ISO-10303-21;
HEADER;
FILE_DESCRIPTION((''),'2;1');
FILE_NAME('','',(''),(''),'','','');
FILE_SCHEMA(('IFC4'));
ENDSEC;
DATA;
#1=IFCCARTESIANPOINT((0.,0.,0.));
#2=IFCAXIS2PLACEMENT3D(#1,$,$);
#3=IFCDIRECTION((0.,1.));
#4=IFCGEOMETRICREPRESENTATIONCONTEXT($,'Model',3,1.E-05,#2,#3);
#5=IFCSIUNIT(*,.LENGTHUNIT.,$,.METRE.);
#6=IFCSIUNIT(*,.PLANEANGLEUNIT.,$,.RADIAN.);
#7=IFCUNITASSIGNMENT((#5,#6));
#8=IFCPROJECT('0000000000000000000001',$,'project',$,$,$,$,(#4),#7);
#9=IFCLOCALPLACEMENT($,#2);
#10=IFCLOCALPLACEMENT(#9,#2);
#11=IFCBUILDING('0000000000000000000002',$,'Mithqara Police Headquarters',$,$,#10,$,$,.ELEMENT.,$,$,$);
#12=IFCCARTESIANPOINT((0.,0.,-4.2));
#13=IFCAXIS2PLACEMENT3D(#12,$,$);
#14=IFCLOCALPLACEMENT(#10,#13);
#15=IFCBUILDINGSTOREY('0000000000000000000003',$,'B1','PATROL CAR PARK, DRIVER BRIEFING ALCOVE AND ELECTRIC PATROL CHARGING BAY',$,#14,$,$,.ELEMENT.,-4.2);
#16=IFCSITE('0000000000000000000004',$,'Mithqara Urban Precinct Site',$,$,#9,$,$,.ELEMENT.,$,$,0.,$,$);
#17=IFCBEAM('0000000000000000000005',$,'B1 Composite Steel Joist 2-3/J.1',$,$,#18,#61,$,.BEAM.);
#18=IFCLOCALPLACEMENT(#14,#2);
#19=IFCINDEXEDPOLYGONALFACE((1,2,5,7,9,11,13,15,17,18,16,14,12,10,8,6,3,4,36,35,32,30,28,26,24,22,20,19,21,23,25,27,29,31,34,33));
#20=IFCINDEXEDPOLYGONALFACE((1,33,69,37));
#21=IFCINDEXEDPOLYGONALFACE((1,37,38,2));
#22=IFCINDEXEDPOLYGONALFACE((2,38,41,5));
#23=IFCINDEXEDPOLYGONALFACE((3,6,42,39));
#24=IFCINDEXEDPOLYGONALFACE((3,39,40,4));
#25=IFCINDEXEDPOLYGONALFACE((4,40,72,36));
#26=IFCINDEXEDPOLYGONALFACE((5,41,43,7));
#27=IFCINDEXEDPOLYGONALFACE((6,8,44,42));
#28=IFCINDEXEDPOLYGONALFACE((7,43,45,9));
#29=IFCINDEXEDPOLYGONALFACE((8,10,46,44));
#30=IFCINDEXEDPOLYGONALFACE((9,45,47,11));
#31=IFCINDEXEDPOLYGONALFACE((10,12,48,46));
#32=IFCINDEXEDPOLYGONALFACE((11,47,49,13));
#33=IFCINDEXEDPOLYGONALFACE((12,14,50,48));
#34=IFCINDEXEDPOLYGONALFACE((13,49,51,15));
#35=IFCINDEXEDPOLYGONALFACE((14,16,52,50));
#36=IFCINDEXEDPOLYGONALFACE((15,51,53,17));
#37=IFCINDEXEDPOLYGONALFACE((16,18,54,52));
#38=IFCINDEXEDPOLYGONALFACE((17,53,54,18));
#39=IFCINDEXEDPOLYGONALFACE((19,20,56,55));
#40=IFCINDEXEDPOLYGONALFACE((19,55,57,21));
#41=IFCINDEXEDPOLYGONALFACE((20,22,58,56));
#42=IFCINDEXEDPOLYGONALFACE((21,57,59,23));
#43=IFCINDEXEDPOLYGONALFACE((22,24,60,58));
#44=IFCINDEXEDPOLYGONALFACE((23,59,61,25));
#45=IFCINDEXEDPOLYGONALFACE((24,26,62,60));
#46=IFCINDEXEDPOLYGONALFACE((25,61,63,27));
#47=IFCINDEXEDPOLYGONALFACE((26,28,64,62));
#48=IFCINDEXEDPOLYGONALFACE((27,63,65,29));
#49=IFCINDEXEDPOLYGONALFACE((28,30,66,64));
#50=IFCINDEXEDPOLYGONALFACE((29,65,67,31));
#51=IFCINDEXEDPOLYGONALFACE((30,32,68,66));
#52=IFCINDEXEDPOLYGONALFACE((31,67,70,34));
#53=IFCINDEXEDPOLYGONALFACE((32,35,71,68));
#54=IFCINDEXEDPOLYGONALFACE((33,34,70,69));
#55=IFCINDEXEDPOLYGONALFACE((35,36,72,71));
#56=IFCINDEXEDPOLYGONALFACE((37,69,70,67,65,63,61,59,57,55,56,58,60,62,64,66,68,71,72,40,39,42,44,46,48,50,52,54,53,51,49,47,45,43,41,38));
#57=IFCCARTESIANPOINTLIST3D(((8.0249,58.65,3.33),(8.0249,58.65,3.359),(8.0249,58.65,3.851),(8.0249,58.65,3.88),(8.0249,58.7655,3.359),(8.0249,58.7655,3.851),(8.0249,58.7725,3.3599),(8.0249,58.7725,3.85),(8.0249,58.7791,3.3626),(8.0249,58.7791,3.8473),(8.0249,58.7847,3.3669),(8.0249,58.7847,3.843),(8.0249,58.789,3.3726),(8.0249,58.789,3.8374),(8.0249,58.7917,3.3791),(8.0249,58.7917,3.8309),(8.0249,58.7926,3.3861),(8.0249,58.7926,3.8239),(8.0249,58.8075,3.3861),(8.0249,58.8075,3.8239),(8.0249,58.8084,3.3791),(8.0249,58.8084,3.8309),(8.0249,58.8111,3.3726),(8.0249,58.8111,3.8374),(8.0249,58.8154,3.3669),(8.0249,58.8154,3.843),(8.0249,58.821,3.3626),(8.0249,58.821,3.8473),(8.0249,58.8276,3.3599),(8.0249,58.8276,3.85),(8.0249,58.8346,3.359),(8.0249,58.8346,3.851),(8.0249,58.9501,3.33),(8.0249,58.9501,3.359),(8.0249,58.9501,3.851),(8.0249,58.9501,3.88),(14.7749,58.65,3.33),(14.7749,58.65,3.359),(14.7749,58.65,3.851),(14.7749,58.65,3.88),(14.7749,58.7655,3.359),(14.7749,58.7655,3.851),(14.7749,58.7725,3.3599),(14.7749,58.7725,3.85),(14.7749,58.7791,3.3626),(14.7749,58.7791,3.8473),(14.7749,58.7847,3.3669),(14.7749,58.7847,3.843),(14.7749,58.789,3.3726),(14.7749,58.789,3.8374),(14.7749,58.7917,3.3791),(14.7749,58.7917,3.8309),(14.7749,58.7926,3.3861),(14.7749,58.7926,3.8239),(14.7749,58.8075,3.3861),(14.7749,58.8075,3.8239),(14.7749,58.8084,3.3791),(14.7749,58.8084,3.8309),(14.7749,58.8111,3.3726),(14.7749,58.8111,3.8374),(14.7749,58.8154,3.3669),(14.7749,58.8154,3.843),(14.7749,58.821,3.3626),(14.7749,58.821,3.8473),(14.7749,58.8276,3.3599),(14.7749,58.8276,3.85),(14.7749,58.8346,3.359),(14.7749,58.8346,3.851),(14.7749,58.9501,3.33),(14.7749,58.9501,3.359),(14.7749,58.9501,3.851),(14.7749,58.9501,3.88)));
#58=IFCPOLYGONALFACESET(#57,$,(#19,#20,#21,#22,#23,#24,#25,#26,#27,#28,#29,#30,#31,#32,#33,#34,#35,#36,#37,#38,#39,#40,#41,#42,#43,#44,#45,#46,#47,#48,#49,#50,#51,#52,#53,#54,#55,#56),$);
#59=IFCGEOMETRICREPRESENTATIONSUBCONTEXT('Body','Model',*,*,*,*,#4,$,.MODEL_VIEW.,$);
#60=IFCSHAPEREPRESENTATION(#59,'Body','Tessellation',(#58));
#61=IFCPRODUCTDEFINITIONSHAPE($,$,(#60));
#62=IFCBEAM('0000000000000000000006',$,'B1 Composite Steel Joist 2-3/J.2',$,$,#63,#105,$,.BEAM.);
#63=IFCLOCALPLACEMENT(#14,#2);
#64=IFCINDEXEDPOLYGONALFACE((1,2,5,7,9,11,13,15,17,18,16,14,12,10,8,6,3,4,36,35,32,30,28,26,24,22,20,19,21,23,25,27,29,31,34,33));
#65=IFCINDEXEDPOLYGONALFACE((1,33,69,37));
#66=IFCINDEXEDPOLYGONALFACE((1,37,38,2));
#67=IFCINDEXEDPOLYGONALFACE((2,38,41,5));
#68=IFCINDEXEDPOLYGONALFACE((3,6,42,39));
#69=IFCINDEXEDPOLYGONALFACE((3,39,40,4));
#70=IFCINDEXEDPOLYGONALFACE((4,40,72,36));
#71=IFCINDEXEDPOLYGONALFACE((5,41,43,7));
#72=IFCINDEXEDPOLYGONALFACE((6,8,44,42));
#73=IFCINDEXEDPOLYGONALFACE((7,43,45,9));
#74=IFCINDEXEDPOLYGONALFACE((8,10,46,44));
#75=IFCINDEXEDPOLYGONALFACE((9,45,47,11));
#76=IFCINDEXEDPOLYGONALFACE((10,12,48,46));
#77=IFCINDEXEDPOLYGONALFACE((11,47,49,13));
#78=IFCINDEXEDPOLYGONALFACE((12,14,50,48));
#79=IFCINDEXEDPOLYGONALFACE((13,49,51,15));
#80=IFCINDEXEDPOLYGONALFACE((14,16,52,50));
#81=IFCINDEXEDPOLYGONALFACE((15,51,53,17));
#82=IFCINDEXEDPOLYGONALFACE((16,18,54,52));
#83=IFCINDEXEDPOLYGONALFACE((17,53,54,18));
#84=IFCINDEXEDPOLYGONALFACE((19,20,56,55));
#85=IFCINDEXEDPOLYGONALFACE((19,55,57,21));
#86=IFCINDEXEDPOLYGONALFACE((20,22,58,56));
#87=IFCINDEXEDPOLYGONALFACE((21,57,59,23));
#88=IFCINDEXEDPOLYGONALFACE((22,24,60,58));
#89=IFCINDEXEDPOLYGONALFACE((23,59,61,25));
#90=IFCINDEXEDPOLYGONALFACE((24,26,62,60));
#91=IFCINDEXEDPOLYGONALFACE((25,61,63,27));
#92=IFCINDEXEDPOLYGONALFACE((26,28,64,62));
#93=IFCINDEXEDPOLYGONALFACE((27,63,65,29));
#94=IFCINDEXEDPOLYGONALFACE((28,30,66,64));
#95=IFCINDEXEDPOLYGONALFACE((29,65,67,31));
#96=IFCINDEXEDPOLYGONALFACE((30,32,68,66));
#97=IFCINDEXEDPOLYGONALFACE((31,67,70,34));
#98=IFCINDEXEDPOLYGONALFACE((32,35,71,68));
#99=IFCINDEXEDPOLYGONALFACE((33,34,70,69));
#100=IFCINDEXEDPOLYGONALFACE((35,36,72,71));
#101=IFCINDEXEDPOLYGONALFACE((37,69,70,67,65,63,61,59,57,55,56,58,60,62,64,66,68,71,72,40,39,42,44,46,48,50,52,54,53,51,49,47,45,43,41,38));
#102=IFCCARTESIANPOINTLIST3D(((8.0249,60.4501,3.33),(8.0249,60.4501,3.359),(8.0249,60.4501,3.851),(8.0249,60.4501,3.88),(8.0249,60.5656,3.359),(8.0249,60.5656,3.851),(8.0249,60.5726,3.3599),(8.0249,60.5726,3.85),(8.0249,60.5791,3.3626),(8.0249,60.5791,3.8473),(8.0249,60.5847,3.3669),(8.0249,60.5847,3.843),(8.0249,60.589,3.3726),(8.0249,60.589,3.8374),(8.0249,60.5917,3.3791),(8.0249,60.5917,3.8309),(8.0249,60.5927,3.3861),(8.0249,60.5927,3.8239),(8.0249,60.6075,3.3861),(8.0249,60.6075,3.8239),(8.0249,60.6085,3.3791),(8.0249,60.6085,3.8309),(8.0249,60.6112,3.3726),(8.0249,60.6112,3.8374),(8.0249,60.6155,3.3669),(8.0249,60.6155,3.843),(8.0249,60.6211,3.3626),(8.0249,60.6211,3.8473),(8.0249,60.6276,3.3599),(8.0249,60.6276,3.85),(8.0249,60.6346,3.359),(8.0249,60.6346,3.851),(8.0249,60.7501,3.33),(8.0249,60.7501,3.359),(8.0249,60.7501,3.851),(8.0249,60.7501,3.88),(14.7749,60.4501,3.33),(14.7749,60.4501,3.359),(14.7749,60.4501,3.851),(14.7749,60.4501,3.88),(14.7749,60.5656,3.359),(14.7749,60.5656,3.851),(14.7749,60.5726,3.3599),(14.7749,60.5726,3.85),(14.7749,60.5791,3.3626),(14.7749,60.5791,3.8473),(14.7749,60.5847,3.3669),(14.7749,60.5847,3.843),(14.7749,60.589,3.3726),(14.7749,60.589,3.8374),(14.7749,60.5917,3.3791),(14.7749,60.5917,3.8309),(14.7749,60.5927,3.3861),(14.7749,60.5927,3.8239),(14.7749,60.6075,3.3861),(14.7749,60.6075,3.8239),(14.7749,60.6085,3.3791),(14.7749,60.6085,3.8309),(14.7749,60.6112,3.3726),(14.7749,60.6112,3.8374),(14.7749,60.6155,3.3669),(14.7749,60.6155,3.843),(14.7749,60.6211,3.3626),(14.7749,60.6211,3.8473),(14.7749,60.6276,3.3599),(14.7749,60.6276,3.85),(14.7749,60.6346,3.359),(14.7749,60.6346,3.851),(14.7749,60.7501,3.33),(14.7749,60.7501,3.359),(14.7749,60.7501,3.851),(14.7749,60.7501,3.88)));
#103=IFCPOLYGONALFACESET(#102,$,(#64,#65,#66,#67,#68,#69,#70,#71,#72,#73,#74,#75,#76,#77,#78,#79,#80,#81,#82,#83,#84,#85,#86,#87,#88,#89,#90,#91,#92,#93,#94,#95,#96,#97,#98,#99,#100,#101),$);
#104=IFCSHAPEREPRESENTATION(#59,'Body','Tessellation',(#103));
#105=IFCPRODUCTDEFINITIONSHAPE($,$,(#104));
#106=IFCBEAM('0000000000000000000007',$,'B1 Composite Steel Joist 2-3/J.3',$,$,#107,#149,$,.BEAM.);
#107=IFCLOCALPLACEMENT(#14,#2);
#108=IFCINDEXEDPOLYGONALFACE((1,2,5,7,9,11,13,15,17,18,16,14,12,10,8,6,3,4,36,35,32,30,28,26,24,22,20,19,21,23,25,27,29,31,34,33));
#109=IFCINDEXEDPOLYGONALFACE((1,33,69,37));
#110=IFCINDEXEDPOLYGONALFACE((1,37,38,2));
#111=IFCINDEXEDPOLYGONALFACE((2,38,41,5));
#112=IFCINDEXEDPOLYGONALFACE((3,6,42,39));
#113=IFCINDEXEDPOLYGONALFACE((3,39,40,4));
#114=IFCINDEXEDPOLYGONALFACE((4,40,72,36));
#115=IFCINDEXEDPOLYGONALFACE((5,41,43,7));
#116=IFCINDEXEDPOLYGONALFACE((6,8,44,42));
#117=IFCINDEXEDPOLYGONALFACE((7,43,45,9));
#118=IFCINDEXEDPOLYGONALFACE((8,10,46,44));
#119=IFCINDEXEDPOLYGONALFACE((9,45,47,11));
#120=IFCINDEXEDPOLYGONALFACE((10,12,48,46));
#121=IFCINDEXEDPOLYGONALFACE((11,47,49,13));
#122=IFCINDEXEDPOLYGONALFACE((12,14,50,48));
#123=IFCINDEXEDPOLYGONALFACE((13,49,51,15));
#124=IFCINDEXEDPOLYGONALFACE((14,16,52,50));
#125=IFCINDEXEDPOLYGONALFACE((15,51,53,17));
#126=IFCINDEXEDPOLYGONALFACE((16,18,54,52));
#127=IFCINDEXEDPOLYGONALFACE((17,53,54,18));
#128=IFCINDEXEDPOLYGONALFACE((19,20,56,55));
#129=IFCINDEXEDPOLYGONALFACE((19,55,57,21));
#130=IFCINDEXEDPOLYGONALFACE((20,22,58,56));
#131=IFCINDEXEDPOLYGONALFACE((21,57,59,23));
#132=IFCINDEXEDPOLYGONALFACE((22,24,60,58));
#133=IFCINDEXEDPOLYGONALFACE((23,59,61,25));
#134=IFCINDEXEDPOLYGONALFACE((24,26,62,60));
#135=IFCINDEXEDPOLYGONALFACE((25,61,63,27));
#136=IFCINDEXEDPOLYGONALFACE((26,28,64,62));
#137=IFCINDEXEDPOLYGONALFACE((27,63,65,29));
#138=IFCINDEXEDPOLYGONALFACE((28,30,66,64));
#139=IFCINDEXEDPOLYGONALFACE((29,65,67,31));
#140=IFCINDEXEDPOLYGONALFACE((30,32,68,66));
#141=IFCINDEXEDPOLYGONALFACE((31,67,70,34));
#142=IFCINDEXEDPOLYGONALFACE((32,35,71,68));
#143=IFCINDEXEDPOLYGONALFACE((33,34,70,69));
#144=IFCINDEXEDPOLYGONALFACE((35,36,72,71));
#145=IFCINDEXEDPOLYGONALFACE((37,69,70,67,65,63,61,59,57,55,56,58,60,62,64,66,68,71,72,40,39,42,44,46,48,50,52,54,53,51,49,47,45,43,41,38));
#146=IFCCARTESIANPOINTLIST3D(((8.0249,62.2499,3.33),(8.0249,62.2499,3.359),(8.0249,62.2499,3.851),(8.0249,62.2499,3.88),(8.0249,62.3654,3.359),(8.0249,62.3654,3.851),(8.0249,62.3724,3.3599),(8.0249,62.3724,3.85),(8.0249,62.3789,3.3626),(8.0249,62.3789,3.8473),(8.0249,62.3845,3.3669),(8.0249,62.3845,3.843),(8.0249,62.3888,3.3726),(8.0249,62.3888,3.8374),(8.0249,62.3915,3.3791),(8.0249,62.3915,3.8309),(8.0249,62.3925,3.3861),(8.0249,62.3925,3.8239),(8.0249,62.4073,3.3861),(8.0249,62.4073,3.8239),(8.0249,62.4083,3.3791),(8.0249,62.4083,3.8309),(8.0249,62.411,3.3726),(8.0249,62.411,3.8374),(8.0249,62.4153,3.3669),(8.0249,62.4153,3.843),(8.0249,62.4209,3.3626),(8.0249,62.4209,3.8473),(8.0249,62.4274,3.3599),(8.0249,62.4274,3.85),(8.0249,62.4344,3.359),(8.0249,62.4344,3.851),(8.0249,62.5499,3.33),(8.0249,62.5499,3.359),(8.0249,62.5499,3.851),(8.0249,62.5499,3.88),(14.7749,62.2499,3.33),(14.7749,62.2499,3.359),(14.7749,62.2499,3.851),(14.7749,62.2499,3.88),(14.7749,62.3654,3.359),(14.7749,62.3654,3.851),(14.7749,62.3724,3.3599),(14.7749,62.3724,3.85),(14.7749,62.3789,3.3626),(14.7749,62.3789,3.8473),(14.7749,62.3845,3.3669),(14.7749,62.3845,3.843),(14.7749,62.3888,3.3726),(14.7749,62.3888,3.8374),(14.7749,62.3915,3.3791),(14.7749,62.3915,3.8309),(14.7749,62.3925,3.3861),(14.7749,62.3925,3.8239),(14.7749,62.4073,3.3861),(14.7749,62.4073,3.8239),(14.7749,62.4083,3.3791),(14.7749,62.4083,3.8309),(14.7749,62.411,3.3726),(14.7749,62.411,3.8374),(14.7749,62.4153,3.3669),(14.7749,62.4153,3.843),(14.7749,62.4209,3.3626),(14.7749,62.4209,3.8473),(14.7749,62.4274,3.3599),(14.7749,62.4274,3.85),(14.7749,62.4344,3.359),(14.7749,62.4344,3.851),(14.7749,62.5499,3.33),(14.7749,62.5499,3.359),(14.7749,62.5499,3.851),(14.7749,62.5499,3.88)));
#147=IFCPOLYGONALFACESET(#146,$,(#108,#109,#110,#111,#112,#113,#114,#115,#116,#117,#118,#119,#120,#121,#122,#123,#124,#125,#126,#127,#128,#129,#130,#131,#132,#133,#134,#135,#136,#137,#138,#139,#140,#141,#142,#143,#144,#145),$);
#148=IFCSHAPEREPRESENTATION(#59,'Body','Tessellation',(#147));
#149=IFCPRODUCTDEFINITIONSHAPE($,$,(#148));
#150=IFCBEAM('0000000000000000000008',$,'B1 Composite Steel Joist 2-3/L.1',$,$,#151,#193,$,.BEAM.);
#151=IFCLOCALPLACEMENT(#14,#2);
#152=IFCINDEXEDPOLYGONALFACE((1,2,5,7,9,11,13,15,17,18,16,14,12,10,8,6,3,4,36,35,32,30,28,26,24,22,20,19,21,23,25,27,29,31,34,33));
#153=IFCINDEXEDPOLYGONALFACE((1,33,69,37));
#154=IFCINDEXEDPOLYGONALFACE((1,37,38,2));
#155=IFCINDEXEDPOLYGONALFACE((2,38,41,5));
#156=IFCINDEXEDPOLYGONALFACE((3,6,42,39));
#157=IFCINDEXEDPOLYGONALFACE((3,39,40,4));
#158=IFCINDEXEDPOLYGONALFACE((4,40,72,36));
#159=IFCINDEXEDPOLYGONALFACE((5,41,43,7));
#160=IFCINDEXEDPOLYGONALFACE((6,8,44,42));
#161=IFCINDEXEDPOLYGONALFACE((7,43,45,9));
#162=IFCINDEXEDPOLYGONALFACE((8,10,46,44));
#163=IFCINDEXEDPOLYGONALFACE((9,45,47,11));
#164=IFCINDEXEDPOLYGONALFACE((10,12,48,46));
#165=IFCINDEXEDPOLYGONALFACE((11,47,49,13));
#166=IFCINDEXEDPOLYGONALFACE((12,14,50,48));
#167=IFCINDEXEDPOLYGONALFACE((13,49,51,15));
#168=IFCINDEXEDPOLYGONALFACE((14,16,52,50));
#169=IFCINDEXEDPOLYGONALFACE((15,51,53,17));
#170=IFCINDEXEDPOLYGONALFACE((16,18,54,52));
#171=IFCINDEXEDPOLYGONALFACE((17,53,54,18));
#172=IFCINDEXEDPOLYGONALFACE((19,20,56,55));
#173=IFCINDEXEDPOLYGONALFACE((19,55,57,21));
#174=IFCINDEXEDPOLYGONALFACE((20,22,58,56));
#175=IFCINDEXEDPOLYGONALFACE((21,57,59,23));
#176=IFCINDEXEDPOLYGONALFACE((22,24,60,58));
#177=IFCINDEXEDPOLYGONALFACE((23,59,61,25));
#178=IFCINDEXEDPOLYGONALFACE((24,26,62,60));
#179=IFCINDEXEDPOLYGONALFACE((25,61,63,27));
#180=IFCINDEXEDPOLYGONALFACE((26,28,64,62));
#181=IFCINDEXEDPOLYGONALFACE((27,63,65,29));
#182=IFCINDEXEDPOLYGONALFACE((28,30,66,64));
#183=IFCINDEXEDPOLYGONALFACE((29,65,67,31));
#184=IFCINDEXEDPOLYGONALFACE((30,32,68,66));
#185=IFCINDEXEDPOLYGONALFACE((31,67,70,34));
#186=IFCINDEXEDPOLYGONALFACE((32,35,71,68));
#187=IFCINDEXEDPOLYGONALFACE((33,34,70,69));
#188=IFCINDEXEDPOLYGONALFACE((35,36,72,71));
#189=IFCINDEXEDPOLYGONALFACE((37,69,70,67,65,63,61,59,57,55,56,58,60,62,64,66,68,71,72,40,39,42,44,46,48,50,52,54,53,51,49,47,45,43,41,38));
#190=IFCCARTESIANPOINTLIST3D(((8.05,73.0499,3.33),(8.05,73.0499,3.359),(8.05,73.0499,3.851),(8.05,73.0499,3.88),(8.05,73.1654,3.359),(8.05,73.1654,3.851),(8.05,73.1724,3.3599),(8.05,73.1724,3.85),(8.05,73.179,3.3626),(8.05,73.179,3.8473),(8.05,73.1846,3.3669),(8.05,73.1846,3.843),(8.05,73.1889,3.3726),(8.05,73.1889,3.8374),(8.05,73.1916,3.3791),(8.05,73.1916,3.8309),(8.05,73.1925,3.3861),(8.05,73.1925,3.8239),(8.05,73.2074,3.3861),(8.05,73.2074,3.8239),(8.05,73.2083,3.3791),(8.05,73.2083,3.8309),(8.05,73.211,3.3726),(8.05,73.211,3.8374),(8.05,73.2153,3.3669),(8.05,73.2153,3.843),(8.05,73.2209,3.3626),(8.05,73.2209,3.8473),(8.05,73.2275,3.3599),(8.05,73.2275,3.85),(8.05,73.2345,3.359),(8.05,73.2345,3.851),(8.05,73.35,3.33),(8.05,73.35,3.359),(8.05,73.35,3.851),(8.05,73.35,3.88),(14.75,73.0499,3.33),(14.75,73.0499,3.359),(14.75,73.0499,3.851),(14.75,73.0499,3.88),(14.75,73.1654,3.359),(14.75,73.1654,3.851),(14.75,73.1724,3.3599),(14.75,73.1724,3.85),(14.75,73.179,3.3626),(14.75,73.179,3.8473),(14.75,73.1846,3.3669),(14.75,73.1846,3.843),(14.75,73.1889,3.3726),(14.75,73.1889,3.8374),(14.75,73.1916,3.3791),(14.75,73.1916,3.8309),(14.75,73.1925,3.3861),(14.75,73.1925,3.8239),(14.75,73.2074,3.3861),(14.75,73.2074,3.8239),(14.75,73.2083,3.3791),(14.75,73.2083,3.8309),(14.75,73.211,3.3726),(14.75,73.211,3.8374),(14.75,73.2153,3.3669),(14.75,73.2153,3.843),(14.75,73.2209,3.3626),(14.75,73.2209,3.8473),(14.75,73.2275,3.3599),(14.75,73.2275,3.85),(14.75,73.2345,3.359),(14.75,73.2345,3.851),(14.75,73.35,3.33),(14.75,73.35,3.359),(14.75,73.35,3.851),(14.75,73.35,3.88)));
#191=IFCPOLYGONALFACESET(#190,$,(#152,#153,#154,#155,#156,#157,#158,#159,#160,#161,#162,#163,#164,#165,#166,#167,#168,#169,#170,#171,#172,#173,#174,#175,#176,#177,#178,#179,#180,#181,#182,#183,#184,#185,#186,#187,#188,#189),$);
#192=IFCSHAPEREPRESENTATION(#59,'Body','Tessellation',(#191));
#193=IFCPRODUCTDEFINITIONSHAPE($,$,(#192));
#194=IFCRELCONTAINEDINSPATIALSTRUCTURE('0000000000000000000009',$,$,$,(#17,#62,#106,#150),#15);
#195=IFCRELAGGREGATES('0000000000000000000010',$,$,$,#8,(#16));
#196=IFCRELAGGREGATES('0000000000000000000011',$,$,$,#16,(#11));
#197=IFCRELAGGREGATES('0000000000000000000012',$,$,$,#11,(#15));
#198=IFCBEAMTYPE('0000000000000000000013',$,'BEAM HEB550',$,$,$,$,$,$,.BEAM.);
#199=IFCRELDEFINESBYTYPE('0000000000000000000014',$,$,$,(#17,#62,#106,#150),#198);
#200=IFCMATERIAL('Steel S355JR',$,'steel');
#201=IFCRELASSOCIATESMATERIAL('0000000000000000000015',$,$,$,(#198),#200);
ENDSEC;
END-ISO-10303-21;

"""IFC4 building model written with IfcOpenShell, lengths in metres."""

from ifc_helpers import new_model, si_unit, direction, frame, origin, origin_2d, place, context, subcontext, project, spatial, i_section, extrude, material, material_profile, profile_set, type_object, element, save


model = new_model("IFC4")

# Units and contexts
model_context = context("Model", 3, precision=1e-05, world=origin(), true_north=direction((0.0, 1.0)))
body_context = subcontext(model_context, "Body", "Model", "MODEL_VIEW")
ifc_project = project(units=[si_unit("LENGTHUNIT", "METRE"), si_unit("PLANEANGLEUNIT", "RADIAN")], contexts=[model_context])

# Site, building, storey
site_placement = place(None, origin())
site = spatial("IfcSite", under=ifc_project, at=site_placement, Name="Mithqara Urban Precinct Site", CompositionType="ELEMENT", RefElevation=0.0)
building_placement = place(site_placement, origin())
building = spatial("IfcBuilding", under=site, at=building_placement, Name="Mithqara Police Headquarters", CompositionType="ELEMENT")
storey_placement = place(building_placement, frame((0.0, 0.0, -4.2)))
storey = spatial("IfcBuildingStorey", under=building, at=storey_placement, Name="B1", Description="PATROL CAR PARK, DRIVER BRIEFING ALCOVE AND ELECTRIC PATROL CHARGING BAY", CompositionType="ELEMENT", Elevation=-4.2)

# Beams
ifc_material_1 = material(Name="Steel S355JR", Category="steel")
ifc_material_profile_1 = material_profile(ifc_material_1, i_section(OverallWidth=0.3, OverallDepth=0.55, WebThickness=0.0149, FlangeThickness=0.0291, FilletRadius=0.0271, at=origin_2d()), Name="HEB 550")
ifc_profile_set_1 = profile_set([ifc_material_profile_1], Name="Steel S355JR")
beam_type_1 = type_object("IfcBeamType", Name="BEAM HEB550", PredefinedType="BEAM", material=ifc_profile_set_1)
for number, where, z_axis, x_axis, name in (
    (1, (8.0249, 58.8, 3.605), (1.0, 0.0, 0.0), (0.0, 1.0, 0.0), "B1 Composite Steel Joist 2-3/J.1"),
    (2, (8.0249, 60.6001, 3.605), (1.0, 0.0, 0.0), (0.0, 1.0, 0.0), "B1 Composite Steel Joist 2-3/J.2"),
    (3, (8.0249, 62.3999, 3.605), (1.0, 0.0, 0.0), (0.0, 1.0, 0.0), "B1 Composite Steel Joist 2-3/J.3"),
):
    element("IfcBeam", number, at=place(storey_placement, frame(where, z_axis=z_axis, x_axis=x_axis)), inside=storey, type_object=beam_type_1, Name=name, PredefinedType="BEAM", context=body_context, shape_type="SweptSolid", body=[
        extrude(i_section(OverallWidth=0.3, OverallDepth=0.55, WebThickness=0.0149, FlangeThickness=0.0291, FilletRadius=0.0271, at=origin_2d()), origin(), (0.0, 0.0, 1.0), 6.75),
    ])
for number, where, z_axis, x_axis, name in (
    (4, (8.05, 73.2, 3.605), (1.0, 0.0, 0.0), (0.0, 1.0, 0.0), "B1 Composite Steel Joist 2-3/L.1"),
):
    element("IfcBeam", number, at=place(storey_placement, frame(where, z_axis=z_axis, x_axis=x_axis)), inside=storey, type_object=beam_type_1, Name=name, PredefinedType="BEAM", context=body_context, shape_type="SweptSolid", body=[
        extrude(i_section(OverallWidth=0.3, OverallDepth=0.55, WebThickness=0.0149, FlangeThickness=0.0291, FilletRadius=0.0271, at=origin_2d()), origin(), (0.0, 0.0, 1.0), 6.7),
    ])

save(model, "model.ifc")
